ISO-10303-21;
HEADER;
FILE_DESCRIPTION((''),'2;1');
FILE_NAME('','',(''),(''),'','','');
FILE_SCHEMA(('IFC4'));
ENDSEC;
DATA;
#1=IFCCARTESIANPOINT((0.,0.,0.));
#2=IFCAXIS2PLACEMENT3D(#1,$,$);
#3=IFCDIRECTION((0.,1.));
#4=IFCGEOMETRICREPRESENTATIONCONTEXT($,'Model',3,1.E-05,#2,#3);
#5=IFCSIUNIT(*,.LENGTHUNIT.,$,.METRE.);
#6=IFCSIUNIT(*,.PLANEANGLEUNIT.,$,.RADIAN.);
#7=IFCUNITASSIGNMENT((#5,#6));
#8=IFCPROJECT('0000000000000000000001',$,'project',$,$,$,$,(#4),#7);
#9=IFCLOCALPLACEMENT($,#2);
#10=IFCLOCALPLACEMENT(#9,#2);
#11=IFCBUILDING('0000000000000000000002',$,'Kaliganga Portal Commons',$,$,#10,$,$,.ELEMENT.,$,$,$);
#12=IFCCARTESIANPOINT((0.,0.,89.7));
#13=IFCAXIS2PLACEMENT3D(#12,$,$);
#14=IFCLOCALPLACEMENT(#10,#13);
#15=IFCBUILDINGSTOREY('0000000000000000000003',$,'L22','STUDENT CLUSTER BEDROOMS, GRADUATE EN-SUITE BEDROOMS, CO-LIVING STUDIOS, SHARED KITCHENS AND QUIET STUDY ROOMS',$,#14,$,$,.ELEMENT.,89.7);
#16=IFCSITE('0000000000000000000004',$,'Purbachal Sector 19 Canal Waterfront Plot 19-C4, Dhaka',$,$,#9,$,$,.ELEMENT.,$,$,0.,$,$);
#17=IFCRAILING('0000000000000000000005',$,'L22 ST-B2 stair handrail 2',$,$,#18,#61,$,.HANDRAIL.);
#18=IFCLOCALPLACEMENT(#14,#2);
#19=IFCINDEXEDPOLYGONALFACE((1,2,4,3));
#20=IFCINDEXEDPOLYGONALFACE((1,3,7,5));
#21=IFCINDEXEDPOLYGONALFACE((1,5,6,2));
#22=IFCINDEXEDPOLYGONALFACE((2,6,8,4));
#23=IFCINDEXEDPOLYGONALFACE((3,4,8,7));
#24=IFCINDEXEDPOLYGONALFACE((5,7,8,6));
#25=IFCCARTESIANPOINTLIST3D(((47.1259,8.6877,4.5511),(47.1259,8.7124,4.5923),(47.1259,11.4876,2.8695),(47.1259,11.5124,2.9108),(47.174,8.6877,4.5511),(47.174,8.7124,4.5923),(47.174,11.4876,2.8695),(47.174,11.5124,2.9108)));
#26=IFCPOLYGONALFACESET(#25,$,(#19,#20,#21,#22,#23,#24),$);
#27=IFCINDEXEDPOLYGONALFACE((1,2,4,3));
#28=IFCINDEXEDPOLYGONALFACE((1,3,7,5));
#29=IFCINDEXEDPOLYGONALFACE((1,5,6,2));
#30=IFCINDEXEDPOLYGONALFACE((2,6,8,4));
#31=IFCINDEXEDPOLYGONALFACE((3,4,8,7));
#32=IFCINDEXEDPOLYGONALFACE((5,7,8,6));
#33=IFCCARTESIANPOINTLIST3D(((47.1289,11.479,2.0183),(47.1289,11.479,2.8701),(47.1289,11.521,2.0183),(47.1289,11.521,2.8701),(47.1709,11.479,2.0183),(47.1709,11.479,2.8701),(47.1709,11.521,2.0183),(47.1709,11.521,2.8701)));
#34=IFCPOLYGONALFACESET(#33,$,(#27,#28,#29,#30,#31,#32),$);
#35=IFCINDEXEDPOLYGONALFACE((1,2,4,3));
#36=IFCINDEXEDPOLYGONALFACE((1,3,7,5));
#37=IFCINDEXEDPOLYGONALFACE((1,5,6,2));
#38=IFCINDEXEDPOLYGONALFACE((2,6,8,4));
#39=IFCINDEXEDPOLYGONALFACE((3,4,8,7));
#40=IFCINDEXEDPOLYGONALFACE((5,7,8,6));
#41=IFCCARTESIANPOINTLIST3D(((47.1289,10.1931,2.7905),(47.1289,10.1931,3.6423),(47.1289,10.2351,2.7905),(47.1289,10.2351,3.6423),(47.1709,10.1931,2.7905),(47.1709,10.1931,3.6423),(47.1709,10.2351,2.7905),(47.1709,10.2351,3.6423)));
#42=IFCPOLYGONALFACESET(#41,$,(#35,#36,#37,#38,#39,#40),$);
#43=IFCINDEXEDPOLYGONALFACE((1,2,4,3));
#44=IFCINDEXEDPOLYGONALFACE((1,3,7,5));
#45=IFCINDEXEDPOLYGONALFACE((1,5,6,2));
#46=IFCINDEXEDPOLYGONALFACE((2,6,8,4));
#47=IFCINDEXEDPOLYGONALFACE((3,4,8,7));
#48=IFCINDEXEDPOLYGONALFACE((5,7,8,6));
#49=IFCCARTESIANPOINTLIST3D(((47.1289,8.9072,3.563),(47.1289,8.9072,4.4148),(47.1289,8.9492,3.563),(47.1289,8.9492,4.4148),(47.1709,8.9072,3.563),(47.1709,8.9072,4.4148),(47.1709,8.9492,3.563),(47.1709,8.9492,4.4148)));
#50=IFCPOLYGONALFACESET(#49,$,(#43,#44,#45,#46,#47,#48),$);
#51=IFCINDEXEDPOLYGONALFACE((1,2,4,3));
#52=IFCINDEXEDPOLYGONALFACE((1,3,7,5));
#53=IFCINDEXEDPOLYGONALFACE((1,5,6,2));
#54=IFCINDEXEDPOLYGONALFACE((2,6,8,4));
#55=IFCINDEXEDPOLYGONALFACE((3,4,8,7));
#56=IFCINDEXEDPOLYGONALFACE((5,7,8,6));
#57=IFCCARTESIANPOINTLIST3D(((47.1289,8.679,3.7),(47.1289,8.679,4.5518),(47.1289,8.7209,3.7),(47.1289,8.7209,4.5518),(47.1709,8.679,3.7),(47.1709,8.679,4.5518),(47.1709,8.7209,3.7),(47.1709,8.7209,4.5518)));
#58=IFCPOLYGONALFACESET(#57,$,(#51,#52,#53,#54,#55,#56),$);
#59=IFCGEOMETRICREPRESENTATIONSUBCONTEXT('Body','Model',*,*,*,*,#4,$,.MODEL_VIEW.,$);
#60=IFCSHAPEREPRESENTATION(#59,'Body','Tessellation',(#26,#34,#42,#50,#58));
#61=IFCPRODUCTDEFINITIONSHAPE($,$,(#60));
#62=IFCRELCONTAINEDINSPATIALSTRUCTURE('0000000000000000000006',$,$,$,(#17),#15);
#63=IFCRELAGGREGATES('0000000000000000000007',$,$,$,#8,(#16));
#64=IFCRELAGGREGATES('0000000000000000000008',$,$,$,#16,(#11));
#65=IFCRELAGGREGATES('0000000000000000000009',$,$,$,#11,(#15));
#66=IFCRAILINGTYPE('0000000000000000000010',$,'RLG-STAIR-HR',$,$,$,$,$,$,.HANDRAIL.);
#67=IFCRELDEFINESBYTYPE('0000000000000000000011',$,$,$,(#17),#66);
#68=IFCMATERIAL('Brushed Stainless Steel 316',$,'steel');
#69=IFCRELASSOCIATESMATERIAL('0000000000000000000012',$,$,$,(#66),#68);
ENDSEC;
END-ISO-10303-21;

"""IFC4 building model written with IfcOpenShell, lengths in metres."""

from ifc_helpers import new_model, si_unit, direction, frame, origin, origin_2d, place, context, subcontext, project, spatial, rectangle, extrude, material, type_object, element, save


model = new_model("IFC4")

# Units and contexts
model_context = context("Model", 3, precision=1e-05, world=origin(), true_north=direction((0.0, 1.0)))
body_context = subcontext(model_context, "Body", "Model", "MODEL_VIEW")
ifc_project = project(units=[si_unit("LENGTHUNIT", "METRE"), si_unit("PLANEANGLEUNIT", "RADIAN")], contexts=[model_context])

# Site, building, storey
site_placement = place(None, origin())
site = spatial("IfcSite", under=ifc_project, at=site_placement, Name="Purbachal Sector 19 Canal Waterfront Plot 19-C4, Dhaka", CompositionType="ELEMENT", RefElevation=0.0)
building_placement = place(site_placement, origin())
building = spatial("IfcBuilding", under=site, at=building_placement, Name="Kaliganga Portal Commons", CompositionType="ELEMENT")
storey_placement = place(building_placement, frame((0.0, 0.0, 89.7)))
storey = spatial("IfcBuildingStorey", under=building, at=storey_placement, Name="L22", Description="STUDENT CLUSTER BEDROOMS, GRADUATE EN-SUITE BEDROOMS, CO-LIVING STUDIOS, SHARED KITCHENS AND QUIET STUDY ROOMS", CompositionType="ELEMENT", Elevation=89.7)

# Railing
ifc_material_1 = material(Name="Brushed Stainless Steel 316", Category="steel")
railing_type_1 = type_object("IfcRailingType", Name="RLG-STAIR-HR", PredefinedType="HANDRAIL", material=ifc_material_1)
railing_1_placement = place(storey_placement, frame((47.1499, 11.5, 2.0183)))
element("IfcRailing", 1, at=railing_1_placement, inside=storey, type_object=railing_type_1, Name="L22 ST-B2 stair handrail 2", PredefinedType="HANDRAIL", context=body_context, shape_type="SweptSolid", body=[
    extrude(rectangle(XDim=0.0481, YDim=0.0481, at=origin_2d()), frame((0.0, 0.0, 0.8718), z_axis=(0.0, -0.857275, 0.514858), x_axis=(1.0, 0.0, 0.0)), (0.0, 0.0, 1.0), 3.2661),
    extrude(rectangle(XDim=0.042, YDim=0.042, at=origin_2d()), origin(), (0.0, 0.0, 1.0), 0.8518),
    extrude(rectangle(XDim=0.042, YDim=0.042, at=origin_2d()), frame((0.0, -1.2859, 0.7722)), (0.0, 0.0, 1.0), 0.8518),
    extrude(rectangle(XDim=0.042, YDim=0.042, at=origin_2d()), frame((0.0, -2.5718, 1.5447)), (0.0, 0.0, 1.0), 0.8518),
    extrude(rectangle(XDim=0.042, YDim=0.042, at=origin_2d()), frame((0.0, -2.8, 1.6816)), (0.0, 0.0, 1.0), 0.8518),
])

save(model, "model.ifc")
